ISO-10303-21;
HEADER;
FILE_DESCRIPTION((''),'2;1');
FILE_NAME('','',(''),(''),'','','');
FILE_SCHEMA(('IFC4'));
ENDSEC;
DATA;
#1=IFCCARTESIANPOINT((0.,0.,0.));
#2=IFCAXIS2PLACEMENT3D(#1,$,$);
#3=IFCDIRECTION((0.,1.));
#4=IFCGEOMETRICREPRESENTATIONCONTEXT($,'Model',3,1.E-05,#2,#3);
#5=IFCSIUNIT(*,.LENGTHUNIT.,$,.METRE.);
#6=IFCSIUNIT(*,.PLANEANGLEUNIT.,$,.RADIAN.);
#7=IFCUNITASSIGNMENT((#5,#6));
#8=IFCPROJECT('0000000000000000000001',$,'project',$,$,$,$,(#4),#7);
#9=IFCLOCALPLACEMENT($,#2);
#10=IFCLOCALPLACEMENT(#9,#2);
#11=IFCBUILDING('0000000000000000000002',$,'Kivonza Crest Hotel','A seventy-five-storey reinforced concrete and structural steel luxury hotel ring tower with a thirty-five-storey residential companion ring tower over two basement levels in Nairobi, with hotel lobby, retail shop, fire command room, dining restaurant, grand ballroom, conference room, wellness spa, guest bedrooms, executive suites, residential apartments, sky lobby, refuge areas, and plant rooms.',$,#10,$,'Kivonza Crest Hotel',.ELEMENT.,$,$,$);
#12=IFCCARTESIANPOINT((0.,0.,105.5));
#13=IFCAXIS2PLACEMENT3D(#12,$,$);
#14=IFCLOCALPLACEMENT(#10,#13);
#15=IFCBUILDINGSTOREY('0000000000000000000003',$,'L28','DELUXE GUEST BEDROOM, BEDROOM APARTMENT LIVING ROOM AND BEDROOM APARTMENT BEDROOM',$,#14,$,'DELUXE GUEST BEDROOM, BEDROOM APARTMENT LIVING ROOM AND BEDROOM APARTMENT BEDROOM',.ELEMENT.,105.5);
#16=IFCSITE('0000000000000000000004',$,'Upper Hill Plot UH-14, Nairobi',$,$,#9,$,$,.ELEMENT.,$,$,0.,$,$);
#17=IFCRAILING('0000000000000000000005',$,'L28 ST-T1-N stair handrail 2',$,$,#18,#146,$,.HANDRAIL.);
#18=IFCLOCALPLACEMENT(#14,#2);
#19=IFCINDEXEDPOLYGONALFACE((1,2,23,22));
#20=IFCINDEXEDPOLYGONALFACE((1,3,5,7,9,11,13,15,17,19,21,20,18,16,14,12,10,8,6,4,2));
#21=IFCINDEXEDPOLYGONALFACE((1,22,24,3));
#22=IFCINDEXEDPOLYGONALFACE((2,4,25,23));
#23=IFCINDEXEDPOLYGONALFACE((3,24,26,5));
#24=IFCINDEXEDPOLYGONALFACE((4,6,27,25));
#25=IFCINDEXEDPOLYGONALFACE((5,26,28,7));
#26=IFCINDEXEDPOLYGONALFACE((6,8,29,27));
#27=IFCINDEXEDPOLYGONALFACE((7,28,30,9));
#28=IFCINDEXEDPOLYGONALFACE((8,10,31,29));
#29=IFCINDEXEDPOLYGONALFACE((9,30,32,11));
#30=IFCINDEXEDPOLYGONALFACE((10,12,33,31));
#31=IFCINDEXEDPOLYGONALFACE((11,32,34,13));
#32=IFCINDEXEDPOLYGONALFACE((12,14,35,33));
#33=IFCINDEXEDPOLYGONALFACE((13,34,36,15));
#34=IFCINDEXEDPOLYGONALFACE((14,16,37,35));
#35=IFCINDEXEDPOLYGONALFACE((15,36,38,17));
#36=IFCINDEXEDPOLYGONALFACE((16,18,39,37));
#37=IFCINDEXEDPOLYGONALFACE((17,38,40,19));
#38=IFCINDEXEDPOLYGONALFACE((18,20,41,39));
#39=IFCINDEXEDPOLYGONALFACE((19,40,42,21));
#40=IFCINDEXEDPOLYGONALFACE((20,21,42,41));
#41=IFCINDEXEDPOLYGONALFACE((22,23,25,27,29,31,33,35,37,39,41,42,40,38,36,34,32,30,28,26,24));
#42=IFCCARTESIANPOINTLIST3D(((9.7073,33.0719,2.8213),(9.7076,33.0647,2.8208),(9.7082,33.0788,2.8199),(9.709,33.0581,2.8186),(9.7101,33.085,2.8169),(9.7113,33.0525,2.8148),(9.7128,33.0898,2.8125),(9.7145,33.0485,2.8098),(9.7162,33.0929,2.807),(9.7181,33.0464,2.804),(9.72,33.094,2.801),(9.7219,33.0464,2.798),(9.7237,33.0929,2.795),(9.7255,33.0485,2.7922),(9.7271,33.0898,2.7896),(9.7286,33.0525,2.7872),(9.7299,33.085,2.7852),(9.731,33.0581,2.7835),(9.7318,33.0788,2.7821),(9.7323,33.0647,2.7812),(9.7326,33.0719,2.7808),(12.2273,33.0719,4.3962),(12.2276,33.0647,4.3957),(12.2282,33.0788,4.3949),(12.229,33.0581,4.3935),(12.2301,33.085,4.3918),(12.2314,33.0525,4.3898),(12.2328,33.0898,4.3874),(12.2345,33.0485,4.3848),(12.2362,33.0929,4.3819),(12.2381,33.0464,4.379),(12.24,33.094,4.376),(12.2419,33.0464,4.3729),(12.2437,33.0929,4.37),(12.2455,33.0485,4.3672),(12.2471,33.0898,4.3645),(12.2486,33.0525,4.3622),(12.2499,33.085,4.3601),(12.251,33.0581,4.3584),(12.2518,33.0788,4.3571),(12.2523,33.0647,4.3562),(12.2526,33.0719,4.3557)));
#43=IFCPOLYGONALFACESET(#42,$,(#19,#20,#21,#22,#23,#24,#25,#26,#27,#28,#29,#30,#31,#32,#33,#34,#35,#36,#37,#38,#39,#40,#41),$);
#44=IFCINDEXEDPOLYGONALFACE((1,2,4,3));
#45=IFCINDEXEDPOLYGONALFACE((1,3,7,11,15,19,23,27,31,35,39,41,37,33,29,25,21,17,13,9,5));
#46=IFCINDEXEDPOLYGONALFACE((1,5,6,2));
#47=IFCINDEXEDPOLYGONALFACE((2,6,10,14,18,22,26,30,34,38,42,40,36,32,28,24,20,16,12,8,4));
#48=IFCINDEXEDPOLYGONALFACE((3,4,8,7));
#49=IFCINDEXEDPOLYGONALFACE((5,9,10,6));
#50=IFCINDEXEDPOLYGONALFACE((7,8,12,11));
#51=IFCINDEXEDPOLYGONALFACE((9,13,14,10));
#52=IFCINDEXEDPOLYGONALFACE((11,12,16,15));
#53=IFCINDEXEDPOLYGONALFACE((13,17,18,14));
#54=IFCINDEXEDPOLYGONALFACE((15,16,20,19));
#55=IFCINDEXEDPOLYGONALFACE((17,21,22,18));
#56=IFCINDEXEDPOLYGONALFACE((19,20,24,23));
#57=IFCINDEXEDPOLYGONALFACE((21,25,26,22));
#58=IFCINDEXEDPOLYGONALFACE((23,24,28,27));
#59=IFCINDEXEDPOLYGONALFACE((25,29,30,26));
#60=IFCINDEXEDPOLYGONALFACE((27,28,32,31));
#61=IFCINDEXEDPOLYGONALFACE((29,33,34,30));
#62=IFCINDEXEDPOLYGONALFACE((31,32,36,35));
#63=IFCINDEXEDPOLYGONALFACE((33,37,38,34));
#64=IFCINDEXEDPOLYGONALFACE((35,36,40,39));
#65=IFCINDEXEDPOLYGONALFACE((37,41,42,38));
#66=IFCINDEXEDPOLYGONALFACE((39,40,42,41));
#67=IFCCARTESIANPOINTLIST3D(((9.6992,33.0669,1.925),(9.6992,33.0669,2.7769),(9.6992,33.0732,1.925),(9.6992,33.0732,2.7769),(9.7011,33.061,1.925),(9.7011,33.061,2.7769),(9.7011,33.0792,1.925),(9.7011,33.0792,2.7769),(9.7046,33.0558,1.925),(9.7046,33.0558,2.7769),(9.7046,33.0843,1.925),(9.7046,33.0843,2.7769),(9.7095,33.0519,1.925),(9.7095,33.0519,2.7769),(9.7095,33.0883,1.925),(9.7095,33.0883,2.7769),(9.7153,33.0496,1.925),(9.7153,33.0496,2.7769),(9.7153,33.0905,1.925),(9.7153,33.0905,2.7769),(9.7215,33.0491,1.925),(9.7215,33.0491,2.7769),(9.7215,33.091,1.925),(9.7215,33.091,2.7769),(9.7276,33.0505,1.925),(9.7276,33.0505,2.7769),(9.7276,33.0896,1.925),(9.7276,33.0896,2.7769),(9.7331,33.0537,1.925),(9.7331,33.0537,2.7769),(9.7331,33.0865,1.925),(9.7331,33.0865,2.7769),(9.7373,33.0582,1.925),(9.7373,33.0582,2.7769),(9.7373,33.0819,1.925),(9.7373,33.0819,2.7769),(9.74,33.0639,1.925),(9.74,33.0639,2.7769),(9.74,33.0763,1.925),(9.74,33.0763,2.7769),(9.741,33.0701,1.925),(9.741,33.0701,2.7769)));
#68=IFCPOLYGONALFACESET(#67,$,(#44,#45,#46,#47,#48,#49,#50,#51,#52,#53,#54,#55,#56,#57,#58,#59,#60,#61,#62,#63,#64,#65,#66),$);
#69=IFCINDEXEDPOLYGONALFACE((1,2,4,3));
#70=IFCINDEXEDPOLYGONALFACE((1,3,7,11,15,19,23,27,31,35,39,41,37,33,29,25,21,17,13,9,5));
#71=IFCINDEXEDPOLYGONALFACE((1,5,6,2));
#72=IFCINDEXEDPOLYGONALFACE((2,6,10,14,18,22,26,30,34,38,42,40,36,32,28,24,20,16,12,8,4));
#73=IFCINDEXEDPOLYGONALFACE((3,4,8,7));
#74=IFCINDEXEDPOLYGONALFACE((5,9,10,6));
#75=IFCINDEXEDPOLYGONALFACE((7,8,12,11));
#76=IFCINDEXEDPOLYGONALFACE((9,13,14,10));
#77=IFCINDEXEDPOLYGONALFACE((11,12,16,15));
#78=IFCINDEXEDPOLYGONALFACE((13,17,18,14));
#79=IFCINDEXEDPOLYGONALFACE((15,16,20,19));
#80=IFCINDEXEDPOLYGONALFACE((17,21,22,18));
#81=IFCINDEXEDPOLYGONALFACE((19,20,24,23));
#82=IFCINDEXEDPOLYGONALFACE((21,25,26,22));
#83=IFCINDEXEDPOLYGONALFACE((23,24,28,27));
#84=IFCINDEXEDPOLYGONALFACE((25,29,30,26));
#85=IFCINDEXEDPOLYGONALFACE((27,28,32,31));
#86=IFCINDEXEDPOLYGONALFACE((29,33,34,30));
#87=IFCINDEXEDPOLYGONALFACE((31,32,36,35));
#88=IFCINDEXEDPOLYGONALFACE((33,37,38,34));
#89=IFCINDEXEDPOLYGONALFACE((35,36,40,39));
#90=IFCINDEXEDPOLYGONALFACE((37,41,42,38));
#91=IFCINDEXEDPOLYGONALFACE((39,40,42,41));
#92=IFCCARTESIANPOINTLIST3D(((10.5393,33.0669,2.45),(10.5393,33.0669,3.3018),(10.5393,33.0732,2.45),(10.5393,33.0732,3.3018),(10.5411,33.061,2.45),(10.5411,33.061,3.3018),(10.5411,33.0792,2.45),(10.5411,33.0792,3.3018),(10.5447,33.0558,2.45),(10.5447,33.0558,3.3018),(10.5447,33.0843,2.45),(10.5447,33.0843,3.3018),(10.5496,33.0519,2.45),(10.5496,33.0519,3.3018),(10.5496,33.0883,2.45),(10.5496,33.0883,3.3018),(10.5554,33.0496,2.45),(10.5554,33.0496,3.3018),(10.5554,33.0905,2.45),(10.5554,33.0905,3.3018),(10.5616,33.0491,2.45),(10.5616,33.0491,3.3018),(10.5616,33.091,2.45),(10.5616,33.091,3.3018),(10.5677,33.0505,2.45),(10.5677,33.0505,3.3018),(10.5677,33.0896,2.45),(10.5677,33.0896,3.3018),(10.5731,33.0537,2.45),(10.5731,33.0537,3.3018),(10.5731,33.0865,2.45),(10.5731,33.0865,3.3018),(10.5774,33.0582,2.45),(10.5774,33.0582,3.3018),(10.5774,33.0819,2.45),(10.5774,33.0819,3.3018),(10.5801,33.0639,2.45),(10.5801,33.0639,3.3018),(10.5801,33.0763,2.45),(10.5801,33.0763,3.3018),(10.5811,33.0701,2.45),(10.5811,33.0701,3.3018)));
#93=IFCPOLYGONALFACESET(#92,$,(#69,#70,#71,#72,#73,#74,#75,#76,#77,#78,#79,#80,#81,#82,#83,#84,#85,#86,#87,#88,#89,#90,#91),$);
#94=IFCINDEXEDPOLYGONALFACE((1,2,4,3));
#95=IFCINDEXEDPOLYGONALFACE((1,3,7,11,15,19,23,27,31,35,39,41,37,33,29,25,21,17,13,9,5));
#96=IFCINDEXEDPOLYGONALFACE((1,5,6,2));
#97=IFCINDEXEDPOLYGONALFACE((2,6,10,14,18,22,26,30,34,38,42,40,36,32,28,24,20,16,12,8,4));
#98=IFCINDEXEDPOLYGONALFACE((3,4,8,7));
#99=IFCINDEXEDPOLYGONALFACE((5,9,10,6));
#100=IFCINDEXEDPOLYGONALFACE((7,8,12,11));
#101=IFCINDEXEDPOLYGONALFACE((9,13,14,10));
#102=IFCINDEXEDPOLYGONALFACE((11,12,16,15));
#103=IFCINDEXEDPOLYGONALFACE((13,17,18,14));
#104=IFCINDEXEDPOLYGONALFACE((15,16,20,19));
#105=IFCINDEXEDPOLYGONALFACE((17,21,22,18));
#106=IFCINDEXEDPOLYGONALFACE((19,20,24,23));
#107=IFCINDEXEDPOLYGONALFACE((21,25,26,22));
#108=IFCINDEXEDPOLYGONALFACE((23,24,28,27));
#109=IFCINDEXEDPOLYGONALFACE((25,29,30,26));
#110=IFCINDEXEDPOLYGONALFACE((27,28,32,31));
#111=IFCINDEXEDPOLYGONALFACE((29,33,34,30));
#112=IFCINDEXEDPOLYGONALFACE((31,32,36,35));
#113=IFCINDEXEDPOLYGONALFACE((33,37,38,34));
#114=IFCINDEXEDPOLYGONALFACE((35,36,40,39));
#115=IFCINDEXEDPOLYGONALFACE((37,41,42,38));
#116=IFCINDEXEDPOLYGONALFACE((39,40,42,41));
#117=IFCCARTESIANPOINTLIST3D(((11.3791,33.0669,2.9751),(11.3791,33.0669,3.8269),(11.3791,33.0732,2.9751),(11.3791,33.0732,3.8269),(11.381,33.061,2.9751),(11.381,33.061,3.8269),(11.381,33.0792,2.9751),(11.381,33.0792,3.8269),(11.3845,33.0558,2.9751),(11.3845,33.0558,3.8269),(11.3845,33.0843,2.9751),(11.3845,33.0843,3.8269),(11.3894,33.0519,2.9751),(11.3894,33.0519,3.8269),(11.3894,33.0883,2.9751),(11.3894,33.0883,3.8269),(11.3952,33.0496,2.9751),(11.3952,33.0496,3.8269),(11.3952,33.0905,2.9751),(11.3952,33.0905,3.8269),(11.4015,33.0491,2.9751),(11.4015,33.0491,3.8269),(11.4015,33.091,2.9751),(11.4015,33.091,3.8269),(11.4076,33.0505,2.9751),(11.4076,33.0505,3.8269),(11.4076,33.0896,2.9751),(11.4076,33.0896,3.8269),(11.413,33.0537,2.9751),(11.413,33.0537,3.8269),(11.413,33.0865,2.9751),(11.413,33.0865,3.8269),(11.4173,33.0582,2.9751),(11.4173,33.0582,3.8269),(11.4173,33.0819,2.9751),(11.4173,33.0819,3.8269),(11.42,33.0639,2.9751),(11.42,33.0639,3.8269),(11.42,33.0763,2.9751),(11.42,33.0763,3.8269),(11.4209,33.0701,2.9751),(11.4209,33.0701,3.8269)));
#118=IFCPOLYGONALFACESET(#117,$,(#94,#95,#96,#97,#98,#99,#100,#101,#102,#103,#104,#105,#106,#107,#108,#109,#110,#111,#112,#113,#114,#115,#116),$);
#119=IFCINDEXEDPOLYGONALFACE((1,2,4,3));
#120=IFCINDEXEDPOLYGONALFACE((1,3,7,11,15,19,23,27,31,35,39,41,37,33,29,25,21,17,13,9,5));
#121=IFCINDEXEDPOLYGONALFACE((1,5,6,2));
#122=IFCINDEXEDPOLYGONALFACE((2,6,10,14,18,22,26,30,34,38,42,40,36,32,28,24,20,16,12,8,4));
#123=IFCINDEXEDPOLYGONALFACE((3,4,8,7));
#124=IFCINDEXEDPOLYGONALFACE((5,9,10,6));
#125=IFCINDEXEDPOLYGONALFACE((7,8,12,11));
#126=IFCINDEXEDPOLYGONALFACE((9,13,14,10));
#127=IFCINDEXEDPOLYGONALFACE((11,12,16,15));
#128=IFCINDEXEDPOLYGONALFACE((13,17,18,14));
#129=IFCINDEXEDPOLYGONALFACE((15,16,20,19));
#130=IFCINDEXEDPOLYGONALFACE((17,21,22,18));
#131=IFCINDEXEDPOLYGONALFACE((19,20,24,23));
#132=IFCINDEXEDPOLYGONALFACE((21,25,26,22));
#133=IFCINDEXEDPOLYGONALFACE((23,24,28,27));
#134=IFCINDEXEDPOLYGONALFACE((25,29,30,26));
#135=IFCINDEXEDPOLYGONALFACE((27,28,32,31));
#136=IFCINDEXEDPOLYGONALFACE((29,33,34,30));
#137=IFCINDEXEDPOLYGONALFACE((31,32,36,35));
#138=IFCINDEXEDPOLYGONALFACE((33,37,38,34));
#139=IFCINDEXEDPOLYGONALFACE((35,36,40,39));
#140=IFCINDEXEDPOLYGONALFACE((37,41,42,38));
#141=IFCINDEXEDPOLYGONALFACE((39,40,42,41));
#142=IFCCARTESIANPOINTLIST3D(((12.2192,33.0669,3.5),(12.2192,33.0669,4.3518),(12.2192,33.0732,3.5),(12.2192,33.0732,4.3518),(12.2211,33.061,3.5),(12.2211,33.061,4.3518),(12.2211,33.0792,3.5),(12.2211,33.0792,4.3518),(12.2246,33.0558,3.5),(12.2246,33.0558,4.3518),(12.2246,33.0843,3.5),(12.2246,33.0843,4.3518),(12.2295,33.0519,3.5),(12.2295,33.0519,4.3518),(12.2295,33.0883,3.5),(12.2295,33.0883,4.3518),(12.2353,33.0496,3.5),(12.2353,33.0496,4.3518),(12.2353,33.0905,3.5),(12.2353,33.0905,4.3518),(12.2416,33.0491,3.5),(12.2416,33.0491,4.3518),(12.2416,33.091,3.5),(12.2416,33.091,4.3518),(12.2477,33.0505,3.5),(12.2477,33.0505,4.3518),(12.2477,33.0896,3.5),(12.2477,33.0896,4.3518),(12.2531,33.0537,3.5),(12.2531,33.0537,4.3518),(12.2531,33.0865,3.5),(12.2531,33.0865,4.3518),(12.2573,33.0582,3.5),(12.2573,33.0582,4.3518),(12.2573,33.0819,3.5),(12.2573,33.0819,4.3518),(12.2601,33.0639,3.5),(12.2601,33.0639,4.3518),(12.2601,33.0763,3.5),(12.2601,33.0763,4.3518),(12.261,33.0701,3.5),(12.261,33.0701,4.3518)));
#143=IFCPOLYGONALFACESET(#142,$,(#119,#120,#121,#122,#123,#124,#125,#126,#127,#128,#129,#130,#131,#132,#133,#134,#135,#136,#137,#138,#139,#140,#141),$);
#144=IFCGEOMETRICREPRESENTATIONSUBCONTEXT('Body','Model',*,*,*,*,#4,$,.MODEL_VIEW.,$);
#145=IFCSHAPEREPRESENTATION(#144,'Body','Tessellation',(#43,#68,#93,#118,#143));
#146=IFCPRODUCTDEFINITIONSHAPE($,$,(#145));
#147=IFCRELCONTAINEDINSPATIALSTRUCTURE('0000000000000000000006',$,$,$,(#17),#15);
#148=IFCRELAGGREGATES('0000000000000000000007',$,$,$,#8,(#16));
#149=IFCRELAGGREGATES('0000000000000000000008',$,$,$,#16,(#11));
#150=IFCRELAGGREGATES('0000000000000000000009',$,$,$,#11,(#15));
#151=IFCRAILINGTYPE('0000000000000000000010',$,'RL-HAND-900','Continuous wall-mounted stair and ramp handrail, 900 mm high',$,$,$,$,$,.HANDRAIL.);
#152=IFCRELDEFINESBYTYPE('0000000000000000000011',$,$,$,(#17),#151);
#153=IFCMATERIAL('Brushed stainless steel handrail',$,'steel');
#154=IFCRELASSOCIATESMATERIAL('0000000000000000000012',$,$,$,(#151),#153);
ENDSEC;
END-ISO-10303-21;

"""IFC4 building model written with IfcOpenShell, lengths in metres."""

from ifc_helpers import new_model, si_unit, direction, frame, origin, origin_2d, place, context, subcontext, project, spatial, circle, extrude, material, type_object, element, save


model = new_model("IFC4")

# Units and contexts
model_context = context("Model", 3, precision=1e-05, world=origin(), true_north=direction((0.0, 1.0)))
body_context = subcontext(model_context, "Body", "Model", "MODEL_VIEW")
ifc_project = project(units=[si_unit("LENGTHUNIT", "METRE"), si_unit("PLANEANGLEUNIT", "RADIAN")], contexts=[model_context])

# Site, building, storey
site_placement = place(None, origin())
site = spatial("IfcSite", under=ifc_project, at=site_placement, Name="Upper Hill Plot UH-14, Nairobi", CompositionType="ELEMENT", RefElevation=0.0)
building_placement = place(site_placement, origin())
building = spatial("IfcBuilding", under=site, at=building_placement, Name="Kivonza Crest Hotel", Description="A seventy-five-storey reinforced concrete and structural steel luxury hotel ring tower with a thirty-five-storey residential companion ring tower over two basement levels in Nairobi, with hotel lobby, retail shop, fire command room, dining restaurant, grand ballroom, conference room, wellness spa, guest bedrooms, executive suites, residential apartments, sky lobby, refuge areas, and plant rooms.", LongName="Kivonza Crest Hotel", CompositionType="ELEMENT")
storey_placement = place(building_placement, frame((0.0, 0.0, 105.5)))
storey = spatial("IfcBuildingStorey", under=building, at=storey_placement, Name="L28", Description="DELUXE GUEST BEDROOM, BEDROOM APARTMENT LIVING ROOM AND BEDROOM APARTMENT BEDROOM", LongName="DELUXE GUEST BEDROOM, BEDROOM APARTMENT LIVING ROOM AND BEDROOM APARTMENT BEDROOM", CompositionType="ELEMENT", Elevation=105.5)

# Railing
ifc_material_1 = material(Name="Brushed stainless steel handrail", Category="steel")
railing_type_1 = type_object("IfcRailingType", Name="RL-HAND-900", Description="Continuous wall-mounted stair and ramp handrail, 900 mm high", PredefinedType="HANDRAIL", material=ifc_material_1)
railing_1_placement = place(storey_placement, frame((9.72, 33.0701, 1.925)))
element("IfcRailing", 1, at=railing_1_placement, inside=storey, type_object=railing_type_1, Name="L28 ST-T1-N stair handrail 2", PredefinedType="HANDRAIL", context=body_context, shape_type="SweptSolid", body=[
    extrude(circle(Radius=0.0239, at=origin_2d()), frame((0.0, 0.0, 0.876), z_axis=(0.848008, 0.0, 0.529984), x_axis=(0.0, 1.0, 0.0)), (0.0, 0.0, 1.0), 2.9717),
    extrude(circle(Radius=0.021, at=origin_2d()), origin(), (0.0, 0.0, 1.0), 0.8518),
    extrude(circle(Radius=0.021, at=origin_2d()), frame((0.8401, 0.0, 0.5249)), (0.0, 0.0, 1.0), 0.8518),
    extrude(circle(Radius=0.021, at=origin_2d()), frame((1.6799, 0.0, 1.05)), (0.0, 0.0, 1.0), 0.8518),
    extrude(circle(Radius=0.021, at=origin_2d()), frame((2.52, 0.0, 1.575)), (0.0, 0.0, 1.0), 0.8518),
])

save(model, "model.ifc")
